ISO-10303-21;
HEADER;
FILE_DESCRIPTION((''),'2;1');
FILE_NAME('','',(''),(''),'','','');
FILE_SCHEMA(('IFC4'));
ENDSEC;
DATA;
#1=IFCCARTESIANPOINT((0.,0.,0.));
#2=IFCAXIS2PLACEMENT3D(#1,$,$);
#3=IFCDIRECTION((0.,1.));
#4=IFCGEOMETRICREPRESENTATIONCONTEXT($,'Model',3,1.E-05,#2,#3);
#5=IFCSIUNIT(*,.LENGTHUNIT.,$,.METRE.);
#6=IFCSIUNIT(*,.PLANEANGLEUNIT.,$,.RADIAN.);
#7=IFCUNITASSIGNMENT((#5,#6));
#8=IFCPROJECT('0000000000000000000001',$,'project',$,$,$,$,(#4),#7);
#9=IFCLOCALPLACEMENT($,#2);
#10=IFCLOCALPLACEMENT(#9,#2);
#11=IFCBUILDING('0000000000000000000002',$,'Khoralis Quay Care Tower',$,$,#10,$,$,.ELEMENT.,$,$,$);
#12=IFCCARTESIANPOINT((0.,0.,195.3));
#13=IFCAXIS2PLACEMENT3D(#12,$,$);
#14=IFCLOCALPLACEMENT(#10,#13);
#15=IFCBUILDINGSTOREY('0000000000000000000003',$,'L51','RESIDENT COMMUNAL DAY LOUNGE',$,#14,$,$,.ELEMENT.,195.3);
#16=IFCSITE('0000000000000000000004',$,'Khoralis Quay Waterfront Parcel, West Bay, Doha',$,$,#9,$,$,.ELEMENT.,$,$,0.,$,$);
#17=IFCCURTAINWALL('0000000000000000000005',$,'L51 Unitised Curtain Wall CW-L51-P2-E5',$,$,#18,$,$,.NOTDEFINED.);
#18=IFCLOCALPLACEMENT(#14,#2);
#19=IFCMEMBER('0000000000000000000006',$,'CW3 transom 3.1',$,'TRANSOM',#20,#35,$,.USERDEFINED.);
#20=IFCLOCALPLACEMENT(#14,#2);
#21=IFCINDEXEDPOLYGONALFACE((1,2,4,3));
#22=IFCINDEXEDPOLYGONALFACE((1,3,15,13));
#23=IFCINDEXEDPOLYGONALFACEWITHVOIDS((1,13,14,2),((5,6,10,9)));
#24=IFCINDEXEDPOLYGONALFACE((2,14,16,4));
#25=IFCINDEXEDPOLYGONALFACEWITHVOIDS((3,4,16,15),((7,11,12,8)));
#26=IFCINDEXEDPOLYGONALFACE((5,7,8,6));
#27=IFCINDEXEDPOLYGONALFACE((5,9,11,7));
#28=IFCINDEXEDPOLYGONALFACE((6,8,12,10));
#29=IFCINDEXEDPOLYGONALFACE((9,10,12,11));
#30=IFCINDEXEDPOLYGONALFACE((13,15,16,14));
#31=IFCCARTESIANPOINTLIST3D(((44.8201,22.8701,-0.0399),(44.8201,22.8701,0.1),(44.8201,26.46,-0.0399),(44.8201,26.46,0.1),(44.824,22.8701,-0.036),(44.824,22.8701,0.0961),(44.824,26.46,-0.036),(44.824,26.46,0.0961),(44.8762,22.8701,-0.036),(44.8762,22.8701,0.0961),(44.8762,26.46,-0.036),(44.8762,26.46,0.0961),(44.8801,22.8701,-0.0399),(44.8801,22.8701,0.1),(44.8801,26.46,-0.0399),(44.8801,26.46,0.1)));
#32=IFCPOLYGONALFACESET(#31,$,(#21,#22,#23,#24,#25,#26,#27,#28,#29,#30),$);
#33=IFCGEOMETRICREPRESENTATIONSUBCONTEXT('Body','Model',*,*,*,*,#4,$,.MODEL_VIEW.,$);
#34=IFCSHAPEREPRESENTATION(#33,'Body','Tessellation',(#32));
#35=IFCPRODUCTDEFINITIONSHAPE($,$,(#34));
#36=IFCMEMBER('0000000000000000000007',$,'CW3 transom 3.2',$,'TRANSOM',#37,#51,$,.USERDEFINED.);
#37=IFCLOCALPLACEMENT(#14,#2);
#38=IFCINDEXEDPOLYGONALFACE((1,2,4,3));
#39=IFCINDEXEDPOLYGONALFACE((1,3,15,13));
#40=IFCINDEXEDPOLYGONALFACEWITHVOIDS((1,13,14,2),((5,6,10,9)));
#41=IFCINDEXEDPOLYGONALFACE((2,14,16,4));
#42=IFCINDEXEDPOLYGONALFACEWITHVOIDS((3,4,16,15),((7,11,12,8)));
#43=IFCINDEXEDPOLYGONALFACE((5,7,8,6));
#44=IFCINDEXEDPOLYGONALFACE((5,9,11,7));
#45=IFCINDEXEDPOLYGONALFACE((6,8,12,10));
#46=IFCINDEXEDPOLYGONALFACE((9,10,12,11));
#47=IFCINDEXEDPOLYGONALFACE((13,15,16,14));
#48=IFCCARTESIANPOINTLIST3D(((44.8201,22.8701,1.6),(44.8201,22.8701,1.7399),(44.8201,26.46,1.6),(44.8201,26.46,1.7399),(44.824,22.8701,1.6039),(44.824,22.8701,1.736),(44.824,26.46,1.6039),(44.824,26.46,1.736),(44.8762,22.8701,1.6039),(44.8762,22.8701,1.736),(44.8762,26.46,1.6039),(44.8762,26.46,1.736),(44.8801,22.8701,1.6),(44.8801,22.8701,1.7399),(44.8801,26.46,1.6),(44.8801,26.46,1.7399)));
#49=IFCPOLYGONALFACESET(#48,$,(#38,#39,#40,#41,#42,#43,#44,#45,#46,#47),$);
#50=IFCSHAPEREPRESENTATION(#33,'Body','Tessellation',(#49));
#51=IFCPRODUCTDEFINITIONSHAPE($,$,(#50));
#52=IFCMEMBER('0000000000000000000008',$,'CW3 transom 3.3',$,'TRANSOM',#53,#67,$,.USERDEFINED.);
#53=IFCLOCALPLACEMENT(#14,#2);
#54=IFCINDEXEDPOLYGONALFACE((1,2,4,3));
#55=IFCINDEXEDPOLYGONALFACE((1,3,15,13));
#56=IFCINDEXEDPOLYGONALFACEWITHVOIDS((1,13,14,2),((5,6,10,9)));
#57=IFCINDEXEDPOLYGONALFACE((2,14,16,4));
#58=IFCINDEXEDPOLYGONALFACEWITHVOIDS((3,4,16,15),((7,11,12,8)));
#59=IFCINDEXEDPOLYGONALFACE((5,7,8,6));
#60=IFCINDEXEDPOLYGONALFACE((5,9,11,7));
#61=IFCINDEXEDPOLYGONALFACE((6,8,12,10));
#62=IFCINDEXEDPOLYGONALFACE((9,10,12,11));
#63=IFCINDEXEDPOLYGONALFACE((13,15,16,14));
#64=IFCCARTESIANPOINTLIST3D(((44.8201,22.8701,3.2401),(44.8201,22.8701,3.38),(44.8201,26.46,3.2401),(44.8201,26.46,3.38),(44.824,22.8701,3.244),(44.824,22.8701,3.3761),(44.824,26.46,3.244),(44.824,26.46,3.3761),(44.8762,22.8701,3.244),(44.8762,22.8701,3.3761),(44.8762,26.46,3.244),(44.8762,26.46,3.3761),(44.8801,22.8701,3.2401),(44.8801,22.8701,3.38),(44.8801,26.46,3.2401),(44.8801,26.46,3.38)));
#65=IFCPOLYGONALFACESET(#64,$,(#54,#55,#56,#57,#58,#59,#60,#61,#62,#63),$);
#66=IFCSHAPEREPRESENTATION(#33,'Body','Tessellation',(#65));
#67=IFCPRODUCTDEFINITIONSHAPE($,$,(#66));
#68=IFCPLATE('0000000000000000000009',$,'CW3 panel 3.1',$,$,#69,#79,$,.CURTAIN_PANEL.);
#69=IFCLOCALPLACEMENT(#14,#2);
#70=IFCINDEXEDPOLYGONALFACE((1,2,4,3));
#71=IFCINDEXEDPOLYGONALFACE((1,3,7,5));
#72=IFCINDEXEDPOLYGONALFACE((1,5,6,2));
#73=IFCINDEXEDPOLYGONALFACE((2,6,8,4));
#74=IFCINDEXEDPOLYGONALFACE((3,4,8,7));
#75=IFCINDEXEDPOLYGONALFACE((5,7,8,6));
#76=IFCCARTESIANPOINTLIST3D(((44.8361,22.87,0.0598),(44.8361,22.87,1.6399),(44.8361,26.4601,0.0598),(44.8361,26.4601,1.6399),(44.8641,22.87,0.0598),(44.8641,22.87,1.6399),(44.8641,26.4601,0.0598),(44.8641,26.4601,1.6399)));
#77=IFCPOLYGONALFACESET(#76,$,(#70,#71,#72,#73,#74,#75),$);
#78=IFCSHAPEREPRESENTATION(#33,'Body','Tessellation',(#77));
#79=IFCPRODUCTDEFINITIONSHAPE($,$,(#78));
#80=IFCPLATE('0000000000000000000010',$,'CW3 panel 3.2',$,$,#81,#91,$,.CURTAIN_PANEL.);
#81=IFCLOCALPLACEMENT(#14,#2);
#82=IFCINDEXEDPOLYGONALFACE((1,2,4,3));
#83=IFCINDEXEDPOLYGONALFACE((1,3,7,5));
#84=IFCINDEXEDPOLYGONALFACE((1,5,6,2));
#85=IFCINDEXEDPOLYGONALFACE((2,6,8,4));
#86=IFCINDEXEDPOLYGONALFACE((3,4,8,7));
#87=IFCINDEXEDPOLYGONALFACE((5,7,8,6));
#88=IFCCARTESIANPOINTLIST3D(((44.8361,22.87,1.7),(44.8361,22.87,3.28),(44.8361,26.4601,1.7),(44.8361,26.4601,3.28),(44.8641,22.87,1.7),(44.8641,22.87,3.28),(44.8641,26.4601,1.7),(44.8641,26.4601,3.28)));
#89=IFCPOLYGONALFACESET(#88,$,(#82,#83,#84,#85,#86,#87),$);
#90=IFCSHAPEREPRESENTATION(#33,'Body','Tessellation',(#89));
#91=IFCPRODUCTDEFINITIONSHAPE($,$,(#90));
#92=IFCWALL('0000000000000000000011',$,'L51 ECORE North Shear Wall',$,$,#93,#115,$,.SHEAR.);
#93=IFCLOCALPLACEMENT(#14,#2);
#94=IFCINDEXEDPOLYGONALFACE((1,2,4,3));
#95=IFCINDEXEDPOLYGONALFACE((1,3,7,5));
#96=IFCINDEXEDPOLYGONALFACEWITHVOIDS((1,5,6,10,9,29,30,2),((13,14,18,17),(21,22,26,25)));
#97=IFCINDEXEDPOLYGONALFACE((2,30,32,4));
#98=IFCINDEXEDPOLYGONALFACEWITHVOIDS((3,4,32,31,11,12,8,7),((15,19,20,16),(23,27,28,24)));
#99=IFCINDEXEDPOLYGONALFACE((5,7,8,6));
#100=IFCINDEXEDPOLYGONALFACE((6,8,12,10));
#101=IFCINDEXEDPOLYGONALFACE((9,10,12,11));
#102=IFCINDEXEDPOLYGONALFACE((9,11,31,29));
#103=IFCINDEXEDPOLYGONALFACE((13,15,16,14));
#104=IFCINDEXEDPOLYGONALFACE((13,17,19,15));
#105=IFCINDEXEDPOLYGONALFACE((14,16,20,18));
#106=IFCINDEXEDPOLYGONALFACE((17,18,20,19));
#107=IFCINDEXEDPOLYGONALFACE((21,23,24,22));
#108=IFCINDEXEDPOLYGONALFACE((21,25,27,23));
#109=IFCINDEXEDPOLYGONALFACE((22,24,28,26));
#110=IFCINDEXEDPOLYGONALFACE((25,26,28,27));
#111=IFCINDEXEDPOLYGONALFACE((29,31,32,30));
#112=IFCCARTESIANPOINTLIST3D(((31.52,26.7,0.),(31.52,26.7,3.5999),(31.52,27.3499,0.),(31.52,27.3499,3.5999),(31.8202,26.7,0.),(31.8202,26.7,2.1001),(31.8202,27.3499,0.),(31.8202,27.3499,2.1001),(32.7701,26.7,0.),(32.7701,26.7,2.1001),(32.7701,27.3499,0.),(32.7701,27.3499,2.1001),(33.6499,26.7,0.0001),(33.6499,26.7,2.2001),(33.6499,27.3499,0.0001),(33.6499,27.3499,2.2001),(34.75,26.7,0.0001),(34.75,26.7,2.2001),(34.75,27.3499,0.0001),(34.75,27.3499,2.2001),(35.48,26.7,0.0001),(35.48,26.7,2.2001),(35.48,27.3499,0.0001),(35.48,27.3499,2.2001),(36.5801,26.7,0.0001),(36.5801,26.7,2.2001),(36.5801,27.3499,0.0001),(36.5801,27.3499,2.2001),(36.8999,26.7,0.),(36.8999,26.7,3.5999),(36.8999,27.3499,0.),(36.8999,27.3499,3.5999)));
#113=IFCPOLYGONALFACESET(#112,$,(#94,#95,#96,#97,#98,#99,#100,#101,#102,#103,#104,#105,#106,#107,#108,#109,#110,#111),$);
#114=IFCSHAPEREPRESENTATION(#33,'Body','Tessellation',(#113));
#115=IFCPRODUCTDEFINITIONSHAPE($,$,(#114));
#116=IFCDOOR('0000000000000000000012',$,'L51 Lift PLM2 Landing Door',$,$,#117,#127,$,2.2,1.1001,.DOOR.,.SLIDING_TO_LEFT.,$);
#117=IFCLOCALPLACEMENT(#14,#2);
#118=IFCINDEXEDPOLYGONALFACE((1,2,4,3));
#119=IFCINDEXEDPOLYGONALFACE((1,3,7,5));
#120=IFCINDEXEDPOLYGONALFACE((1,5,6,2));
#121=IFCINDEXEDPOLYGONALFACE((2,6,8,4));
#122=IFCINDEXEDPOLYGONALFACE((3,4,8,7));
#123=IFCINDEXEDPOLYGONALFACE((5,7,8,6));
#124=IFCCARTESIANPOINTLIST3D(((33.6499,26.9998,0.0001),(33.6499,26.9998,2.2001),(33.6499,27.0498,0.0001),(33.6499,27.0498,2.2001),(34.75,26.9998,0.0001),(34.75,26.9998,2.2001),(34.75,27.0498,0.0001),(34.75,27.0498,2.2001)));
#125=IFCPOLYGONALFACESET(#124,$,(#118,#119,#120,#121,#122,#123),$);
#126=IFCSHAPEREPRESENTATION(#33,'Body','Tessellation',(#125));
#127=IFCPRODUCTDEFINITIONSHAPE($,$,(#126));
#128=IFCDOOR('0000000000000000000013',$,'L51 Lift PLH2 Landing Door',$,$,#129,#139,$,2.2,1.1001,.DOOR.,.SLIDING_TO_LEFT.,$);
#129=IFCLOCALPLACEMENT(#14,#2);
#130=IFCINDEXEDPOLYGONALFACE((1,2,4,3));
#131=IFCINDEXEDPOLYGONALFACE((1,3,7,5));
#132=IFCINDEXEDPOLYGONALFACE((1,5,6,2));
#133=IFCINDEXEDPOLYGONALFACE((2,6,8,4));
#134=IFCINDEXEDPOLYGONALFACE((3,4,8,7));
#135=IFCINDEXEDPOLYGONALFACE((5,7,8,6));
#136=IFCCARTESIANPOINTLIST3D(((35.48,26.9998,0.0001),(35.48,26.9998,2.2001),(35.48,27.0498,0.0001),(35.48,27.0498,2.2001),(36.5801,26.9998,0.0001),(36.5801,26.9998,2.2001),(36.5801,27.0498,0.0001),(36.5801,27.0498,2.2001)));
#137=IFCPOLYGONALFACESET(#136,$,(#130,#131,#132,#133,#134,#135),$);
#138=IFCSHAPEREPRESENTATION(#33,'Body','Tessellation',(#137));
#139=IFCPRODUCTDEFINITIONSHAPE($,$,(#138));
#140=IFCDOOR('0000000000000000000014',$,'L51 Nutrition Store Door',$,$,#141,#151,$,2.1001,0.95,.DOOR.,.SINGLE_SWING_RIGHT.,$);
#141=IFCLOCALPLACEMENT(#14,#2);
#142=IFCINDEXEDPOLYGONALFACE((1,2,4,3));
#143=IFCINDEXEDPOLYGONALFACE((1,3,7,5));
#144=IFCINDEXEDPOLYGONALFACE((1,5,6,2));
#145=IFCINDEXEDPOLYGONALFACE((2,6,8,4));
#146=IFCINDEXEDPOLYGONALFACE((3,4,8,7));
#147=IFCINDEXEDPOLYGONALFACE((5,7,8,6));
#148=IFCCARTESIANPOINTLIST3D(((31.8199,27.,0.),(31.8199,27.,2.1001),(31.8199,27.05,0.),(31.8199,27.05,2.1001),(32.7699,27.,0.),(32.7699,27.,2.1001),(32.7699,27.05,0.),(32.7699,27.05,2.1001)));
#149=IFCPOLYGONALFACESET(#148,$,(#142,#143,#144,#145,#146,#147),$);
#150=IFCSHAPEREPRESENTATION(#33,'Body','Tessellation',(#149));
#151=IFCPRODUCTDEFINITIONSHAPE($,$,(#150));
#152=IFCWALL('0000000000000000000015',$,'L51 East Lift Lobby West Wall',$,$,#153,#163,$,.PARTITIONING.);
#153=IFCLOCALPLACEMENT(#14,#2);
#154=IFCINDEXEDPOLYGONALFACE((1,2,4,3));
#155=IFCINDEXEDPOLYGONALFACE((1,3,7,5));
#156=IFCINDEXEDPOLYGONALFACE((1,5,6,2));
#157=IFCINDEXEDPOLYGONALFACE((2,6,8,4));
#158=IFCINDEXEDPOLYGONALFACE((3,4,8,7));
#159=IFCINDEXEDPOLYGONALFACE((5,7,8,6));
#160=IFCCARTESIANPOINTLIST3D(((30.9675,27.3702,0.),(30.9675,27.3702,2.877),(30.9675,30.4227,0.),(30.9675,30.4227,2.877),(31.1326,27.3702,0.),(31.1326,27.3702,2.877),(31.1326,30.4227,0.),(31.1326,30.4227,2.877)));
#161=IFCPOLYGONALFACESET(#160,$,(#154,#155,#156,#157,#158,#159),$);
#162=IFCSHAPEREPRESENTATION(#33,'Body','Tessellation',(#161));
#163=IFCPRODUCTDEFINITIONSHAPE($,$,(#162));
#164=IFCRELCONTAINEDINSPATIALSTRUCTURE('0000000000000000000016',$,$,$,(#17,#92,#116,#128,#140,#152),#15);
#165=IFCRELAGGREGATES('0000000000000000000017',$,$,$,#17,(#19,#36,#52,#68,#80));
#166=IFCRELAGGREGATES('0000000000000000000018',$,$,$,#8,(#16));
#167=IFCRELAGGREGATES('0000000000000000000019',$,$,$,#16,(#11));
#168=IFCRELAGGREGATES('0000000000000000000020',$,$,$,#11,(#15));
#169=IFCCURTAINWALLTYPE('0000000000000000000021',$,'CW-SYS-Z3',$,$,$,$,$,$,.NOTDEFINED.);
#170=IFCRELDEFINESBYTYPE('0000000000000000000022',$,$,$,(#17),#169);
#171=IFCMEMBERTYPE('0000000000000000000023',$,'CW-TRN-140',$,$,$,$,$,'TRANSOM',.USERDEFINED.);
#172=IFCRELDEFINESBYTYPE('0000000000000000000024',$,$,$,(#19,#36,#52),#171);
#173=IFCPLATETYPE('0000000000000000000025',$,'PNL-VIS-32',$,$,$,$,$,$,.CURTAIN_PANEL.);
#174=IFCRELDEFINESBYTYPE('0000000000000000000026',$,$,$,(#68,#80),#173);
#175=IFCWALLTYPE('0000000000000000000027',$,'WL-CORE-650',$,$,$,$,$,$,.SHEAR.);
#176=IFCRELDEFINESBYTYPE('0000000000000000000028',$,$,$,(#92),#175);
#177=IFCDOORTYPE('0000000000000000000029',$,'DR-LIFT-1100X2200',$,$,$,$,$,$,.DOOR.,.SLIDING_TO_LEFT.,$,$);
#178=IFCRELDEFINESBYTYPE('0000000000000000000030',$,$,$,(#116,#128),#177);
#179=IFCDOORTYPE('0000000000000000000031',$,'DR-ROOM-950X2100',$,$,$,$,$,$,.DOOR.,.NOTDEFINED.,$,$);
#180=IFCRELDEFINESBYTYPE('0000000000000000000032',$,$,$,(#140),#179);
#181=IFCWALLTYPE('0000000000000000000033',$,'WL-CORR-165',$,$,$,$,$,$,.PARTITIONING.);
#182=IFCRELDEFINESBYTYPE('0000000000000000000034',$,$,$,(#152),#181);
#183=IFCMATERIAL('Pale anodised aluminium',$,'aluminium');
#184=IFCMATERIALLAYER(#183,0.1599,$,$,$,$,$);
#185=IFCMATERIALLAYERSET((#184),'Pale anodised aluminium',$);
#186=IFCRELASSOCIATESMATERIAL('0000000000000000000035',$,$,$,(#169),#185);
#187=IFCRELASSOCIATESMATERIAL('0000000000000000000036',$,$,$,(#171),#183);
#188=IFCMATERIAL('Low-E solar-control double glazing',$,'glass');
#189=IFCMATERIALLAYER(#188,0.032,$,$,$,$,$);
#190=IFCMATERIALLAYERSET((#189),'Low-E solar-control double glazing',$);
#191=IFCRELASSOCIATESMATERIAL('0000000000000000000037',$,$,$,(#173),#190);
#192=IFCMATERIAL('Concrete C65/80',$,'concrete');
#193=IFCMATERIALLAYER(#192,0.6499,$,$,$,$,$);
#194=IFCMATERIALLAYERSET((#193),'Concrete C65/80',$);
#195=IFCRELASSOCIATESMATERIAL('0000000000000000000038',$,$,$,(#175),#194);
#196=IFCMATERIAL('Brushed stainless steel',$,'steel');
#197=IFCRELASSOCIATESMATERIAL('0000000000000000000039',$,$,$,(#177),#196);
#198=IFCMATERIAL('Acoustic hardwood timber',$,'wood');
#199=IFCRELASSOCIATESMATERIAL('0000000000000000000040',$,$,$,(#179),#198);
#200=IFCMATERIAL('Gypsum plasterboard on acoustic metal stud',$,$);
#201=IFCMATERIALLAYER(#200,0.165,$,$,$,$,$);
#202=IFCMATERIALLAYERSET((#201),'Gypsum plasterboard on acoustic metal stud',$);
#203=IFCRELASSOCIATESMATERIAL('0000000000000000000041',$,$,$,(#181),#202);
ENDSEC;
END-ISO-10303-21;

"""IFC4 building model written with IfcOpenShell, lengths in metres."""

from ifc_helpers import new_model, si_unit, direction, frame, frame_2d, origin, origin_2d, place, context, subcontext, project, spatial, rectangle, hollow_rectangle, extrude, source, transform, mapped, material, layer, layer_set, material_profile, profile_set, type_object, element, fill, aggregate, save


model = new_model("IFC4")

# Units and contexts
model_context = context("Model", 3, precision=1e-05, world=origin(), true_north=direction((0.0, 1.0)))
body_context = subcontext(model_context, "Body", "Model", "MODEL_VIEW")
ifc_project = project(units=[si_unit("LENGTHUNIT", "METRE"), si_unit("PLANEANGLEUNIT", "RADIAN")], contexts=[model_context])

# Site, building, storey
site_placement = place(None, origin())
site = spatial("IfcSite", under=ifc_project, at=site_placement, Name="Khoralis Quay Waterfront Parcel, West Bay, Doha", CompositionType="ELEMENT", RefElevation=0.0)
building_placement = place(site_placement, origin())
building = spatial("IfcBuilding", under=site, at=building_placement, Name="Khoralis Quay Care Tower", CompositionType="ELEMENT")
storey_placement = place(building_placement, frame((0.0, 0.0, 195.3)))
storey = spatial("IfcBuildingStorey", under=building, at=storey_placement, Name="L51", Description="RESIDENT COMMUNAL DAY LOUNGE", CompositionType="ELEMENT", Elevation=195.3)

# Shared definitions
ifc_material_1 = material(Name="Concrete C65/80", Category="concrete")

# Curtain wall, members, plates
ifc_material_2 = material(Name="Pale anodised aluminium", Category="aluminium")
ifc_layer_1 = layer(ifc_material_2, 0.1599)
ifc_layer_set_1 = layer_set([ifc_layer_1], Name="Pale anodised aluminium")
curtain_wall_type = type_object("IfcCurtainWallType", Name="CW-SYS-Z3", PredefinedType="NOTDEFINED", material=ifc_layer_set_1)
curtain_wall_placement = place(storey_placement, origin())
curtain_wall = element("IfcCurtainWall", 1, at=curtain_wall_placement, inside=storey, type_object=curtain_wall_type, Name="L51 Unitised Curtain Wall CW-L51-P2-E5", PredefinedType="NOTDEFINED")
ifc_material_profile_1 = material_profile(ifc_material_2, hollow_rectangle(XDim=0.0601, YDim=0.1399, WallThickness=0.0039, at=origin_2d()), Name="Pale anodised aluminium")
ifc_profile_set_1 = profile_set([ifc_material_profile_1], Name="Pale anodised aluminium")
member_type_1 = type_object("IfcMemberType", Name="CW-TRN-140", ElementType="TRANSOM", PredefinedType="USERDEFINED", material=ifc_profile_set_1)
shared_shape_1 = source(origin(), body_context, "Body", "SweptSolid", [
    extrude(hollow_rectangle(XDim=0.0601, YDim=0.1399, WallThickness=0.0039, at=origin_2d()), origin(), (0.0, 0.0, 1.0), 3.5898),
])
member_1_placement = place(storey_placement, frame((44.8501, 22.8701, 0.03), z_axis=(0.0, 1.0, 0.0), x_axis=(-1.0, 0.0, 0.0)))
member_1 = element("IfcMember", 2, at=member_1_placement, type_object=member_type_1, Name="CW3 transom 3.1", ObjectType="TRANSOM", PredefinedType="USERDEFINED", context=body_context, shape_type="MappedRepresentation", body=[
    mapped(shared_shape_1, transform((0.0, 0.0, 0.0), scale=1.0)),
])
member_2_placement = place(storey_placement, frame((44.8501, 22.8701, 1.6699), z_axis=(0.0, 1.0, 0.0), x_axis=(-1.0, 0.0, 0.0)))
member_2 = element("IfcMember", 3, at=member_2_placement, type_object=member_type_1, Name="CW3 transom 3.2", ObjectType="TRANSOM", PredefinedType="USERDEFINED", context=body_context, shape_type="MappedRepresentation", body=[
    mapped(shared_shape_1, transform((0.0, 0.0, 0.0), scale=1.0)),
])
member_3_placement = place(storey_placement, frame((44.8501, 22.8701, 3.3101), z_axis=(0.0, 1.0, 0.0), x_axis=(-1.0, 0.0, 0.0)))
member_3 = element("IfcMember", 4, at=member_3_placement, type_object=member_type_1, Name="CW3 transom 3.3", ObjectType="TRANSOM", PredefinedType="USERDEFINED", context=body_context, shape_type="MappedRepresentation", body=[
    mapped(shared_shape_1, transform((0.0, 0.0, 0.0), scale=1.0)),
])
ifc_material_3 = material(Name="Low-E solar-control double glazing", Category="glass")
ifc_layer_2 = layer(ifc_material_3, 0.032)
ifc_layer_set_2 = layer_set([ifc_layer_2], Name="Low-E solar-control double glazing")
plate_type = type_object("IfcPlateType", Name="PNL-VIS-32", PredefinedType="CURTAIN_PANEL", material=ifc_layer_set_2)
shared_shape_2 = source(origin(), body_context, "Body", "SweptSolid", [
    extrude(rectangle(XDim=3.5901, YDim=0.0281, at=origin_2d()), origin(), (0.0, 0.0, 1.0), 1.5801),
])
plate_1_placement = place(storey_placement, frame((44.8501, 24.665, 0.0598), z_axis=(0.0, 0.0, 1.0), x_axis=(0.0, 1.0, 0.0)))
plate_1 = element("IfcPlate", 5, at=plate_1_placement, type_object=plate_type, Name="CW3 panel 3.1", PredefinedType="CURTAIN_PANEL", context=body_context, shape_type="MappedRepresentation", body=[
    mapped(shared_shape_2, transform((0.0, 0.0, 0.0), scale=1.0)),
])
plate_2_placement = place(storey_placement, frame((44.8501, 24.665, 1.7), z_axis=(0.0, 0.0, 1.0), x_axis=(0.0, 1.0, 0.0)))
plate_2 = element("IfcPlate", 6, at=plate_2_placement, type_object=plate_type, Name="CW3 panel 3.2", PredefinedType="CURTAIN_PANEL", context=body_context, shape_type="MappedRepresentation", body=[
    mapped(shared_shape_2, transform((0.0, 0.0, 0.0), scale=1.0)),
])
aggregate(curtain_wall, [member_1, member_2, member_3, plate_1, plate_2])

# Wall, openings, doors
ifc_layer_3 = layer(ifc_material_1, 0.6499)
ifc_layer_set_3 = layer_set([ifc_layer_3], Name="Concrete C65/80")
wall_type_1 = type_object("IfcWallType", Name="WL-CORE-650", PredefinedType="SHEAR", material=ifc_layer_set_3)
wall_1_placement = place(storey_placement, frame((31.52, 27.0249, 0.0), z_axis=(0.0, 0.0, 1.0), x_axis=(1.0, 0.0, 0.0)))
wall_1 = element("IfcWall", 7, at=wall_1_placement, inside=storey, type_object=wall_type_1, Name="L51 ECORE North Shear Wall", PredefinedType="SHEAR", context=body_context, shape_type="SweptSolid", body=[
    extrude(rectangle(XDim=5.3799, YDim=0.6499, at=frame_2d((2.6899, 0.0))), origin(), (0.0, 0.0, 1.0), 3.5999),
])
opening_1_placement = place(wall_1_placement, frame((0.3, 0.0, 0.0)))
opening_1 = element("IfcOpeningElement", 8, at=opening_1_placement, cuts=wall_1, PredefinedType="OPENING", context=body_context, shape_type="SweptSolid", body=[
    extrude(rectangle(XDim=0.95, YDim=2.1001, at=frame_2d((0.4751, 1.05))), frame((0.0, 0.335, 0.0), z_axis=(0.0, -1.0, 0.0), x_axis=(1.0, 0.0, 0.0)), (0.0, 0.0, 1.0), 0.6699),
])
opening_2_placement = place(wall_1_placement, frame((2.1299, 0.0, 0.0)))
opening_2 = element("IfcOpeningElement", 9, at=opening_2_placement, cuts=wall_1, PredefinedType="OPENING", context=body_context, shape_type="SweptSolid", body=[
    extrude(rectangle(XDim=1.1001, YDim=2.2, at=frame_2d((0.55, 1.1001))), frame((0.0, 0.335, 0.0), z_axis=(0.0, -1.0, 0.0), x_axis=(1.0, 0.0, 0.0)), (0.0, 0.0, 1.0), 0.6699),
])
opening_3_placement = place(wall_1_placement, frame((3.96, 0.0, 0.0)))
opening_3 = element("IfcOpeningElement", 10, at=opening_3_placement, cuts=wall_1, PredefinedType="OPENING", context=body_context, shape_type="SweptSolid", body=[
    extrude(rectangle(XDim=1.1001, YDim=2.2, at=frame_2d((0.55, 1.1001))), frame((0.0, 0.335, 0.0), z_axis=(0.0, -1.0, 0.0), x_axis=(1.0, 0.0, 0.0)), (0.0, 0.0, 1.0), 0.6699),
])
ifc_material_4 = material(Name="Brushed stainless steel", Category="steel")
door_type_1 = type_object("IfcDoorType", Name="DR-LIFT-1100X2200", OperationType="SLIDING_TO_LEFT", PredefinedType="DOOR", material=ifc_material_4)
shared_shape_3 = source(origin(), body_context, "Body", "SweptSolid", [
    extrude(rectangle(XDim=1.1001, YDim=2.2, at=frame_2d((0.55, 1.1001))), frame((0.0, 0.0249, 0.0), z_axis=(0.0, -1.0, 0.0), x_axis=(1.0, 0.0, 0.0)), (0.0, 0.0, 1.0), 0.05),
])
door_1_placement = place(opening_2_placement, origin())
door_1 = element("IfcDoor", 11, at=door_1_placement, inside=storey, type_object=door_type_1, Name="L51 Lift PLM2 Landing Door", OperationType="SLIDING_TO_LEFT", OverallHeight=2.2, OverallWidth=1.1001, PredefinedType="DOOR", context=body_context, shape_type="MappedRepresentation", body=[
    mapped(shared_shape_3, transform((0.0, 0.0, 0.0), scale=1.0)),
])
fill(opening_2, door_1)
door_2_placement = place(opening_3_placement, origin())
door_2 = element("IfcDoor", 12, at=door_2_placement, inside=storey, type_object=door_type_1, Name="L51 Lift PLH2 Landing Door", OperationType="SLIDING_TO_LEFT", OverallHeight=2.2, OverallWidth=1.1001, PredefinedType="DOOR", context=body_context, shape_type="MappedRepresentation", body=[
    mapped(shared_shape_3, transform((0.0, 0.0, 0.0), scale=1.0)),
])
fill(opening_3, door_2)
ifc_material_5 = material(Name="Acoustic hardwood timber", Category="wood")
door_type_2 = type_object("IfcDoorType", Name="DR-ROOM-950X2100", OperationType="NOTDEFINED", PredefinedType="DOOR", material=ifc_material_5)
shared_shape_4 = source(origin(), body_context, "Body", "SweptSolid", [
    extrude(rectangle(XDim=0.95, YDim=2.1001, at=frame_2d((0.4751, 1.05))), frame((0.0, 0.0249, 0.0), z_axis=(0.0, -1.0, 0.0), x_axis=(1.0, 0.0, 0.0)), (0.0, 0.0, 1.0), 0.05),
])
door_3_placement = place(opening_1_placement, frame((0.95, 0.0, 0.0), z_axis=(0.0, 0.0, 1.0), x_axis=(-1.0, 0.0, 0.0)))
door_3 = element("IfcDoor", 13, at=door_3_placement, inside=storey, type_object=door_type_2, Name="L51 Nutrition Store Door", OperationType="SINGLE_SWING_RIGHT", OverallHeight=2.1001, OverallWidth=0.95, PredefinedType="DOOR", context=body_context, shape_type="MappedRepresentation", body=[
    mapped(shared_shape_4, transform((0.0, 0.0, 0.0), scale=1.0)),
])
fill(opening_1, door_3)

# Wall
ifc_material_6 = material(Name="Gypsum plasterboard on acoustic metal stud")
ifc_layer_4 = layer(ifc_material_6, 0.165)
ifc_layer_set_4 = layer_set([ifc_layer_4], Name="Gypsum plasterboard on acoustic metal stud")
wall_type_2 = type_object("IfcWallType", Name="WL-CORR-165", PredefinedType="PARTITIONING", material=ifc_layer_set_4)
wall_2_placement = place(storey_placement, frame((31.05, 27.3701, 0.0), z_axis=(0.0, 0.0, 1.0), x_axis=(0.0, 1.0, 0.0)))
element("IfcWall", 14, at=wall_2_placement, inside=storey, type_object=wall_type_2, Name="L51 East Lift Lobby West Wall", PredefinedType="PARTITIONING", context=body_context, shape_type="SweptSolid", body=[
    extrude(rectangle(XDim=3.0525, YDim=0.165, at=frame_2d((1.5264, 0.0))), origin(), (0.0, 0.0, 1.0), 2.877),
])

save(model, "model.ifc")
